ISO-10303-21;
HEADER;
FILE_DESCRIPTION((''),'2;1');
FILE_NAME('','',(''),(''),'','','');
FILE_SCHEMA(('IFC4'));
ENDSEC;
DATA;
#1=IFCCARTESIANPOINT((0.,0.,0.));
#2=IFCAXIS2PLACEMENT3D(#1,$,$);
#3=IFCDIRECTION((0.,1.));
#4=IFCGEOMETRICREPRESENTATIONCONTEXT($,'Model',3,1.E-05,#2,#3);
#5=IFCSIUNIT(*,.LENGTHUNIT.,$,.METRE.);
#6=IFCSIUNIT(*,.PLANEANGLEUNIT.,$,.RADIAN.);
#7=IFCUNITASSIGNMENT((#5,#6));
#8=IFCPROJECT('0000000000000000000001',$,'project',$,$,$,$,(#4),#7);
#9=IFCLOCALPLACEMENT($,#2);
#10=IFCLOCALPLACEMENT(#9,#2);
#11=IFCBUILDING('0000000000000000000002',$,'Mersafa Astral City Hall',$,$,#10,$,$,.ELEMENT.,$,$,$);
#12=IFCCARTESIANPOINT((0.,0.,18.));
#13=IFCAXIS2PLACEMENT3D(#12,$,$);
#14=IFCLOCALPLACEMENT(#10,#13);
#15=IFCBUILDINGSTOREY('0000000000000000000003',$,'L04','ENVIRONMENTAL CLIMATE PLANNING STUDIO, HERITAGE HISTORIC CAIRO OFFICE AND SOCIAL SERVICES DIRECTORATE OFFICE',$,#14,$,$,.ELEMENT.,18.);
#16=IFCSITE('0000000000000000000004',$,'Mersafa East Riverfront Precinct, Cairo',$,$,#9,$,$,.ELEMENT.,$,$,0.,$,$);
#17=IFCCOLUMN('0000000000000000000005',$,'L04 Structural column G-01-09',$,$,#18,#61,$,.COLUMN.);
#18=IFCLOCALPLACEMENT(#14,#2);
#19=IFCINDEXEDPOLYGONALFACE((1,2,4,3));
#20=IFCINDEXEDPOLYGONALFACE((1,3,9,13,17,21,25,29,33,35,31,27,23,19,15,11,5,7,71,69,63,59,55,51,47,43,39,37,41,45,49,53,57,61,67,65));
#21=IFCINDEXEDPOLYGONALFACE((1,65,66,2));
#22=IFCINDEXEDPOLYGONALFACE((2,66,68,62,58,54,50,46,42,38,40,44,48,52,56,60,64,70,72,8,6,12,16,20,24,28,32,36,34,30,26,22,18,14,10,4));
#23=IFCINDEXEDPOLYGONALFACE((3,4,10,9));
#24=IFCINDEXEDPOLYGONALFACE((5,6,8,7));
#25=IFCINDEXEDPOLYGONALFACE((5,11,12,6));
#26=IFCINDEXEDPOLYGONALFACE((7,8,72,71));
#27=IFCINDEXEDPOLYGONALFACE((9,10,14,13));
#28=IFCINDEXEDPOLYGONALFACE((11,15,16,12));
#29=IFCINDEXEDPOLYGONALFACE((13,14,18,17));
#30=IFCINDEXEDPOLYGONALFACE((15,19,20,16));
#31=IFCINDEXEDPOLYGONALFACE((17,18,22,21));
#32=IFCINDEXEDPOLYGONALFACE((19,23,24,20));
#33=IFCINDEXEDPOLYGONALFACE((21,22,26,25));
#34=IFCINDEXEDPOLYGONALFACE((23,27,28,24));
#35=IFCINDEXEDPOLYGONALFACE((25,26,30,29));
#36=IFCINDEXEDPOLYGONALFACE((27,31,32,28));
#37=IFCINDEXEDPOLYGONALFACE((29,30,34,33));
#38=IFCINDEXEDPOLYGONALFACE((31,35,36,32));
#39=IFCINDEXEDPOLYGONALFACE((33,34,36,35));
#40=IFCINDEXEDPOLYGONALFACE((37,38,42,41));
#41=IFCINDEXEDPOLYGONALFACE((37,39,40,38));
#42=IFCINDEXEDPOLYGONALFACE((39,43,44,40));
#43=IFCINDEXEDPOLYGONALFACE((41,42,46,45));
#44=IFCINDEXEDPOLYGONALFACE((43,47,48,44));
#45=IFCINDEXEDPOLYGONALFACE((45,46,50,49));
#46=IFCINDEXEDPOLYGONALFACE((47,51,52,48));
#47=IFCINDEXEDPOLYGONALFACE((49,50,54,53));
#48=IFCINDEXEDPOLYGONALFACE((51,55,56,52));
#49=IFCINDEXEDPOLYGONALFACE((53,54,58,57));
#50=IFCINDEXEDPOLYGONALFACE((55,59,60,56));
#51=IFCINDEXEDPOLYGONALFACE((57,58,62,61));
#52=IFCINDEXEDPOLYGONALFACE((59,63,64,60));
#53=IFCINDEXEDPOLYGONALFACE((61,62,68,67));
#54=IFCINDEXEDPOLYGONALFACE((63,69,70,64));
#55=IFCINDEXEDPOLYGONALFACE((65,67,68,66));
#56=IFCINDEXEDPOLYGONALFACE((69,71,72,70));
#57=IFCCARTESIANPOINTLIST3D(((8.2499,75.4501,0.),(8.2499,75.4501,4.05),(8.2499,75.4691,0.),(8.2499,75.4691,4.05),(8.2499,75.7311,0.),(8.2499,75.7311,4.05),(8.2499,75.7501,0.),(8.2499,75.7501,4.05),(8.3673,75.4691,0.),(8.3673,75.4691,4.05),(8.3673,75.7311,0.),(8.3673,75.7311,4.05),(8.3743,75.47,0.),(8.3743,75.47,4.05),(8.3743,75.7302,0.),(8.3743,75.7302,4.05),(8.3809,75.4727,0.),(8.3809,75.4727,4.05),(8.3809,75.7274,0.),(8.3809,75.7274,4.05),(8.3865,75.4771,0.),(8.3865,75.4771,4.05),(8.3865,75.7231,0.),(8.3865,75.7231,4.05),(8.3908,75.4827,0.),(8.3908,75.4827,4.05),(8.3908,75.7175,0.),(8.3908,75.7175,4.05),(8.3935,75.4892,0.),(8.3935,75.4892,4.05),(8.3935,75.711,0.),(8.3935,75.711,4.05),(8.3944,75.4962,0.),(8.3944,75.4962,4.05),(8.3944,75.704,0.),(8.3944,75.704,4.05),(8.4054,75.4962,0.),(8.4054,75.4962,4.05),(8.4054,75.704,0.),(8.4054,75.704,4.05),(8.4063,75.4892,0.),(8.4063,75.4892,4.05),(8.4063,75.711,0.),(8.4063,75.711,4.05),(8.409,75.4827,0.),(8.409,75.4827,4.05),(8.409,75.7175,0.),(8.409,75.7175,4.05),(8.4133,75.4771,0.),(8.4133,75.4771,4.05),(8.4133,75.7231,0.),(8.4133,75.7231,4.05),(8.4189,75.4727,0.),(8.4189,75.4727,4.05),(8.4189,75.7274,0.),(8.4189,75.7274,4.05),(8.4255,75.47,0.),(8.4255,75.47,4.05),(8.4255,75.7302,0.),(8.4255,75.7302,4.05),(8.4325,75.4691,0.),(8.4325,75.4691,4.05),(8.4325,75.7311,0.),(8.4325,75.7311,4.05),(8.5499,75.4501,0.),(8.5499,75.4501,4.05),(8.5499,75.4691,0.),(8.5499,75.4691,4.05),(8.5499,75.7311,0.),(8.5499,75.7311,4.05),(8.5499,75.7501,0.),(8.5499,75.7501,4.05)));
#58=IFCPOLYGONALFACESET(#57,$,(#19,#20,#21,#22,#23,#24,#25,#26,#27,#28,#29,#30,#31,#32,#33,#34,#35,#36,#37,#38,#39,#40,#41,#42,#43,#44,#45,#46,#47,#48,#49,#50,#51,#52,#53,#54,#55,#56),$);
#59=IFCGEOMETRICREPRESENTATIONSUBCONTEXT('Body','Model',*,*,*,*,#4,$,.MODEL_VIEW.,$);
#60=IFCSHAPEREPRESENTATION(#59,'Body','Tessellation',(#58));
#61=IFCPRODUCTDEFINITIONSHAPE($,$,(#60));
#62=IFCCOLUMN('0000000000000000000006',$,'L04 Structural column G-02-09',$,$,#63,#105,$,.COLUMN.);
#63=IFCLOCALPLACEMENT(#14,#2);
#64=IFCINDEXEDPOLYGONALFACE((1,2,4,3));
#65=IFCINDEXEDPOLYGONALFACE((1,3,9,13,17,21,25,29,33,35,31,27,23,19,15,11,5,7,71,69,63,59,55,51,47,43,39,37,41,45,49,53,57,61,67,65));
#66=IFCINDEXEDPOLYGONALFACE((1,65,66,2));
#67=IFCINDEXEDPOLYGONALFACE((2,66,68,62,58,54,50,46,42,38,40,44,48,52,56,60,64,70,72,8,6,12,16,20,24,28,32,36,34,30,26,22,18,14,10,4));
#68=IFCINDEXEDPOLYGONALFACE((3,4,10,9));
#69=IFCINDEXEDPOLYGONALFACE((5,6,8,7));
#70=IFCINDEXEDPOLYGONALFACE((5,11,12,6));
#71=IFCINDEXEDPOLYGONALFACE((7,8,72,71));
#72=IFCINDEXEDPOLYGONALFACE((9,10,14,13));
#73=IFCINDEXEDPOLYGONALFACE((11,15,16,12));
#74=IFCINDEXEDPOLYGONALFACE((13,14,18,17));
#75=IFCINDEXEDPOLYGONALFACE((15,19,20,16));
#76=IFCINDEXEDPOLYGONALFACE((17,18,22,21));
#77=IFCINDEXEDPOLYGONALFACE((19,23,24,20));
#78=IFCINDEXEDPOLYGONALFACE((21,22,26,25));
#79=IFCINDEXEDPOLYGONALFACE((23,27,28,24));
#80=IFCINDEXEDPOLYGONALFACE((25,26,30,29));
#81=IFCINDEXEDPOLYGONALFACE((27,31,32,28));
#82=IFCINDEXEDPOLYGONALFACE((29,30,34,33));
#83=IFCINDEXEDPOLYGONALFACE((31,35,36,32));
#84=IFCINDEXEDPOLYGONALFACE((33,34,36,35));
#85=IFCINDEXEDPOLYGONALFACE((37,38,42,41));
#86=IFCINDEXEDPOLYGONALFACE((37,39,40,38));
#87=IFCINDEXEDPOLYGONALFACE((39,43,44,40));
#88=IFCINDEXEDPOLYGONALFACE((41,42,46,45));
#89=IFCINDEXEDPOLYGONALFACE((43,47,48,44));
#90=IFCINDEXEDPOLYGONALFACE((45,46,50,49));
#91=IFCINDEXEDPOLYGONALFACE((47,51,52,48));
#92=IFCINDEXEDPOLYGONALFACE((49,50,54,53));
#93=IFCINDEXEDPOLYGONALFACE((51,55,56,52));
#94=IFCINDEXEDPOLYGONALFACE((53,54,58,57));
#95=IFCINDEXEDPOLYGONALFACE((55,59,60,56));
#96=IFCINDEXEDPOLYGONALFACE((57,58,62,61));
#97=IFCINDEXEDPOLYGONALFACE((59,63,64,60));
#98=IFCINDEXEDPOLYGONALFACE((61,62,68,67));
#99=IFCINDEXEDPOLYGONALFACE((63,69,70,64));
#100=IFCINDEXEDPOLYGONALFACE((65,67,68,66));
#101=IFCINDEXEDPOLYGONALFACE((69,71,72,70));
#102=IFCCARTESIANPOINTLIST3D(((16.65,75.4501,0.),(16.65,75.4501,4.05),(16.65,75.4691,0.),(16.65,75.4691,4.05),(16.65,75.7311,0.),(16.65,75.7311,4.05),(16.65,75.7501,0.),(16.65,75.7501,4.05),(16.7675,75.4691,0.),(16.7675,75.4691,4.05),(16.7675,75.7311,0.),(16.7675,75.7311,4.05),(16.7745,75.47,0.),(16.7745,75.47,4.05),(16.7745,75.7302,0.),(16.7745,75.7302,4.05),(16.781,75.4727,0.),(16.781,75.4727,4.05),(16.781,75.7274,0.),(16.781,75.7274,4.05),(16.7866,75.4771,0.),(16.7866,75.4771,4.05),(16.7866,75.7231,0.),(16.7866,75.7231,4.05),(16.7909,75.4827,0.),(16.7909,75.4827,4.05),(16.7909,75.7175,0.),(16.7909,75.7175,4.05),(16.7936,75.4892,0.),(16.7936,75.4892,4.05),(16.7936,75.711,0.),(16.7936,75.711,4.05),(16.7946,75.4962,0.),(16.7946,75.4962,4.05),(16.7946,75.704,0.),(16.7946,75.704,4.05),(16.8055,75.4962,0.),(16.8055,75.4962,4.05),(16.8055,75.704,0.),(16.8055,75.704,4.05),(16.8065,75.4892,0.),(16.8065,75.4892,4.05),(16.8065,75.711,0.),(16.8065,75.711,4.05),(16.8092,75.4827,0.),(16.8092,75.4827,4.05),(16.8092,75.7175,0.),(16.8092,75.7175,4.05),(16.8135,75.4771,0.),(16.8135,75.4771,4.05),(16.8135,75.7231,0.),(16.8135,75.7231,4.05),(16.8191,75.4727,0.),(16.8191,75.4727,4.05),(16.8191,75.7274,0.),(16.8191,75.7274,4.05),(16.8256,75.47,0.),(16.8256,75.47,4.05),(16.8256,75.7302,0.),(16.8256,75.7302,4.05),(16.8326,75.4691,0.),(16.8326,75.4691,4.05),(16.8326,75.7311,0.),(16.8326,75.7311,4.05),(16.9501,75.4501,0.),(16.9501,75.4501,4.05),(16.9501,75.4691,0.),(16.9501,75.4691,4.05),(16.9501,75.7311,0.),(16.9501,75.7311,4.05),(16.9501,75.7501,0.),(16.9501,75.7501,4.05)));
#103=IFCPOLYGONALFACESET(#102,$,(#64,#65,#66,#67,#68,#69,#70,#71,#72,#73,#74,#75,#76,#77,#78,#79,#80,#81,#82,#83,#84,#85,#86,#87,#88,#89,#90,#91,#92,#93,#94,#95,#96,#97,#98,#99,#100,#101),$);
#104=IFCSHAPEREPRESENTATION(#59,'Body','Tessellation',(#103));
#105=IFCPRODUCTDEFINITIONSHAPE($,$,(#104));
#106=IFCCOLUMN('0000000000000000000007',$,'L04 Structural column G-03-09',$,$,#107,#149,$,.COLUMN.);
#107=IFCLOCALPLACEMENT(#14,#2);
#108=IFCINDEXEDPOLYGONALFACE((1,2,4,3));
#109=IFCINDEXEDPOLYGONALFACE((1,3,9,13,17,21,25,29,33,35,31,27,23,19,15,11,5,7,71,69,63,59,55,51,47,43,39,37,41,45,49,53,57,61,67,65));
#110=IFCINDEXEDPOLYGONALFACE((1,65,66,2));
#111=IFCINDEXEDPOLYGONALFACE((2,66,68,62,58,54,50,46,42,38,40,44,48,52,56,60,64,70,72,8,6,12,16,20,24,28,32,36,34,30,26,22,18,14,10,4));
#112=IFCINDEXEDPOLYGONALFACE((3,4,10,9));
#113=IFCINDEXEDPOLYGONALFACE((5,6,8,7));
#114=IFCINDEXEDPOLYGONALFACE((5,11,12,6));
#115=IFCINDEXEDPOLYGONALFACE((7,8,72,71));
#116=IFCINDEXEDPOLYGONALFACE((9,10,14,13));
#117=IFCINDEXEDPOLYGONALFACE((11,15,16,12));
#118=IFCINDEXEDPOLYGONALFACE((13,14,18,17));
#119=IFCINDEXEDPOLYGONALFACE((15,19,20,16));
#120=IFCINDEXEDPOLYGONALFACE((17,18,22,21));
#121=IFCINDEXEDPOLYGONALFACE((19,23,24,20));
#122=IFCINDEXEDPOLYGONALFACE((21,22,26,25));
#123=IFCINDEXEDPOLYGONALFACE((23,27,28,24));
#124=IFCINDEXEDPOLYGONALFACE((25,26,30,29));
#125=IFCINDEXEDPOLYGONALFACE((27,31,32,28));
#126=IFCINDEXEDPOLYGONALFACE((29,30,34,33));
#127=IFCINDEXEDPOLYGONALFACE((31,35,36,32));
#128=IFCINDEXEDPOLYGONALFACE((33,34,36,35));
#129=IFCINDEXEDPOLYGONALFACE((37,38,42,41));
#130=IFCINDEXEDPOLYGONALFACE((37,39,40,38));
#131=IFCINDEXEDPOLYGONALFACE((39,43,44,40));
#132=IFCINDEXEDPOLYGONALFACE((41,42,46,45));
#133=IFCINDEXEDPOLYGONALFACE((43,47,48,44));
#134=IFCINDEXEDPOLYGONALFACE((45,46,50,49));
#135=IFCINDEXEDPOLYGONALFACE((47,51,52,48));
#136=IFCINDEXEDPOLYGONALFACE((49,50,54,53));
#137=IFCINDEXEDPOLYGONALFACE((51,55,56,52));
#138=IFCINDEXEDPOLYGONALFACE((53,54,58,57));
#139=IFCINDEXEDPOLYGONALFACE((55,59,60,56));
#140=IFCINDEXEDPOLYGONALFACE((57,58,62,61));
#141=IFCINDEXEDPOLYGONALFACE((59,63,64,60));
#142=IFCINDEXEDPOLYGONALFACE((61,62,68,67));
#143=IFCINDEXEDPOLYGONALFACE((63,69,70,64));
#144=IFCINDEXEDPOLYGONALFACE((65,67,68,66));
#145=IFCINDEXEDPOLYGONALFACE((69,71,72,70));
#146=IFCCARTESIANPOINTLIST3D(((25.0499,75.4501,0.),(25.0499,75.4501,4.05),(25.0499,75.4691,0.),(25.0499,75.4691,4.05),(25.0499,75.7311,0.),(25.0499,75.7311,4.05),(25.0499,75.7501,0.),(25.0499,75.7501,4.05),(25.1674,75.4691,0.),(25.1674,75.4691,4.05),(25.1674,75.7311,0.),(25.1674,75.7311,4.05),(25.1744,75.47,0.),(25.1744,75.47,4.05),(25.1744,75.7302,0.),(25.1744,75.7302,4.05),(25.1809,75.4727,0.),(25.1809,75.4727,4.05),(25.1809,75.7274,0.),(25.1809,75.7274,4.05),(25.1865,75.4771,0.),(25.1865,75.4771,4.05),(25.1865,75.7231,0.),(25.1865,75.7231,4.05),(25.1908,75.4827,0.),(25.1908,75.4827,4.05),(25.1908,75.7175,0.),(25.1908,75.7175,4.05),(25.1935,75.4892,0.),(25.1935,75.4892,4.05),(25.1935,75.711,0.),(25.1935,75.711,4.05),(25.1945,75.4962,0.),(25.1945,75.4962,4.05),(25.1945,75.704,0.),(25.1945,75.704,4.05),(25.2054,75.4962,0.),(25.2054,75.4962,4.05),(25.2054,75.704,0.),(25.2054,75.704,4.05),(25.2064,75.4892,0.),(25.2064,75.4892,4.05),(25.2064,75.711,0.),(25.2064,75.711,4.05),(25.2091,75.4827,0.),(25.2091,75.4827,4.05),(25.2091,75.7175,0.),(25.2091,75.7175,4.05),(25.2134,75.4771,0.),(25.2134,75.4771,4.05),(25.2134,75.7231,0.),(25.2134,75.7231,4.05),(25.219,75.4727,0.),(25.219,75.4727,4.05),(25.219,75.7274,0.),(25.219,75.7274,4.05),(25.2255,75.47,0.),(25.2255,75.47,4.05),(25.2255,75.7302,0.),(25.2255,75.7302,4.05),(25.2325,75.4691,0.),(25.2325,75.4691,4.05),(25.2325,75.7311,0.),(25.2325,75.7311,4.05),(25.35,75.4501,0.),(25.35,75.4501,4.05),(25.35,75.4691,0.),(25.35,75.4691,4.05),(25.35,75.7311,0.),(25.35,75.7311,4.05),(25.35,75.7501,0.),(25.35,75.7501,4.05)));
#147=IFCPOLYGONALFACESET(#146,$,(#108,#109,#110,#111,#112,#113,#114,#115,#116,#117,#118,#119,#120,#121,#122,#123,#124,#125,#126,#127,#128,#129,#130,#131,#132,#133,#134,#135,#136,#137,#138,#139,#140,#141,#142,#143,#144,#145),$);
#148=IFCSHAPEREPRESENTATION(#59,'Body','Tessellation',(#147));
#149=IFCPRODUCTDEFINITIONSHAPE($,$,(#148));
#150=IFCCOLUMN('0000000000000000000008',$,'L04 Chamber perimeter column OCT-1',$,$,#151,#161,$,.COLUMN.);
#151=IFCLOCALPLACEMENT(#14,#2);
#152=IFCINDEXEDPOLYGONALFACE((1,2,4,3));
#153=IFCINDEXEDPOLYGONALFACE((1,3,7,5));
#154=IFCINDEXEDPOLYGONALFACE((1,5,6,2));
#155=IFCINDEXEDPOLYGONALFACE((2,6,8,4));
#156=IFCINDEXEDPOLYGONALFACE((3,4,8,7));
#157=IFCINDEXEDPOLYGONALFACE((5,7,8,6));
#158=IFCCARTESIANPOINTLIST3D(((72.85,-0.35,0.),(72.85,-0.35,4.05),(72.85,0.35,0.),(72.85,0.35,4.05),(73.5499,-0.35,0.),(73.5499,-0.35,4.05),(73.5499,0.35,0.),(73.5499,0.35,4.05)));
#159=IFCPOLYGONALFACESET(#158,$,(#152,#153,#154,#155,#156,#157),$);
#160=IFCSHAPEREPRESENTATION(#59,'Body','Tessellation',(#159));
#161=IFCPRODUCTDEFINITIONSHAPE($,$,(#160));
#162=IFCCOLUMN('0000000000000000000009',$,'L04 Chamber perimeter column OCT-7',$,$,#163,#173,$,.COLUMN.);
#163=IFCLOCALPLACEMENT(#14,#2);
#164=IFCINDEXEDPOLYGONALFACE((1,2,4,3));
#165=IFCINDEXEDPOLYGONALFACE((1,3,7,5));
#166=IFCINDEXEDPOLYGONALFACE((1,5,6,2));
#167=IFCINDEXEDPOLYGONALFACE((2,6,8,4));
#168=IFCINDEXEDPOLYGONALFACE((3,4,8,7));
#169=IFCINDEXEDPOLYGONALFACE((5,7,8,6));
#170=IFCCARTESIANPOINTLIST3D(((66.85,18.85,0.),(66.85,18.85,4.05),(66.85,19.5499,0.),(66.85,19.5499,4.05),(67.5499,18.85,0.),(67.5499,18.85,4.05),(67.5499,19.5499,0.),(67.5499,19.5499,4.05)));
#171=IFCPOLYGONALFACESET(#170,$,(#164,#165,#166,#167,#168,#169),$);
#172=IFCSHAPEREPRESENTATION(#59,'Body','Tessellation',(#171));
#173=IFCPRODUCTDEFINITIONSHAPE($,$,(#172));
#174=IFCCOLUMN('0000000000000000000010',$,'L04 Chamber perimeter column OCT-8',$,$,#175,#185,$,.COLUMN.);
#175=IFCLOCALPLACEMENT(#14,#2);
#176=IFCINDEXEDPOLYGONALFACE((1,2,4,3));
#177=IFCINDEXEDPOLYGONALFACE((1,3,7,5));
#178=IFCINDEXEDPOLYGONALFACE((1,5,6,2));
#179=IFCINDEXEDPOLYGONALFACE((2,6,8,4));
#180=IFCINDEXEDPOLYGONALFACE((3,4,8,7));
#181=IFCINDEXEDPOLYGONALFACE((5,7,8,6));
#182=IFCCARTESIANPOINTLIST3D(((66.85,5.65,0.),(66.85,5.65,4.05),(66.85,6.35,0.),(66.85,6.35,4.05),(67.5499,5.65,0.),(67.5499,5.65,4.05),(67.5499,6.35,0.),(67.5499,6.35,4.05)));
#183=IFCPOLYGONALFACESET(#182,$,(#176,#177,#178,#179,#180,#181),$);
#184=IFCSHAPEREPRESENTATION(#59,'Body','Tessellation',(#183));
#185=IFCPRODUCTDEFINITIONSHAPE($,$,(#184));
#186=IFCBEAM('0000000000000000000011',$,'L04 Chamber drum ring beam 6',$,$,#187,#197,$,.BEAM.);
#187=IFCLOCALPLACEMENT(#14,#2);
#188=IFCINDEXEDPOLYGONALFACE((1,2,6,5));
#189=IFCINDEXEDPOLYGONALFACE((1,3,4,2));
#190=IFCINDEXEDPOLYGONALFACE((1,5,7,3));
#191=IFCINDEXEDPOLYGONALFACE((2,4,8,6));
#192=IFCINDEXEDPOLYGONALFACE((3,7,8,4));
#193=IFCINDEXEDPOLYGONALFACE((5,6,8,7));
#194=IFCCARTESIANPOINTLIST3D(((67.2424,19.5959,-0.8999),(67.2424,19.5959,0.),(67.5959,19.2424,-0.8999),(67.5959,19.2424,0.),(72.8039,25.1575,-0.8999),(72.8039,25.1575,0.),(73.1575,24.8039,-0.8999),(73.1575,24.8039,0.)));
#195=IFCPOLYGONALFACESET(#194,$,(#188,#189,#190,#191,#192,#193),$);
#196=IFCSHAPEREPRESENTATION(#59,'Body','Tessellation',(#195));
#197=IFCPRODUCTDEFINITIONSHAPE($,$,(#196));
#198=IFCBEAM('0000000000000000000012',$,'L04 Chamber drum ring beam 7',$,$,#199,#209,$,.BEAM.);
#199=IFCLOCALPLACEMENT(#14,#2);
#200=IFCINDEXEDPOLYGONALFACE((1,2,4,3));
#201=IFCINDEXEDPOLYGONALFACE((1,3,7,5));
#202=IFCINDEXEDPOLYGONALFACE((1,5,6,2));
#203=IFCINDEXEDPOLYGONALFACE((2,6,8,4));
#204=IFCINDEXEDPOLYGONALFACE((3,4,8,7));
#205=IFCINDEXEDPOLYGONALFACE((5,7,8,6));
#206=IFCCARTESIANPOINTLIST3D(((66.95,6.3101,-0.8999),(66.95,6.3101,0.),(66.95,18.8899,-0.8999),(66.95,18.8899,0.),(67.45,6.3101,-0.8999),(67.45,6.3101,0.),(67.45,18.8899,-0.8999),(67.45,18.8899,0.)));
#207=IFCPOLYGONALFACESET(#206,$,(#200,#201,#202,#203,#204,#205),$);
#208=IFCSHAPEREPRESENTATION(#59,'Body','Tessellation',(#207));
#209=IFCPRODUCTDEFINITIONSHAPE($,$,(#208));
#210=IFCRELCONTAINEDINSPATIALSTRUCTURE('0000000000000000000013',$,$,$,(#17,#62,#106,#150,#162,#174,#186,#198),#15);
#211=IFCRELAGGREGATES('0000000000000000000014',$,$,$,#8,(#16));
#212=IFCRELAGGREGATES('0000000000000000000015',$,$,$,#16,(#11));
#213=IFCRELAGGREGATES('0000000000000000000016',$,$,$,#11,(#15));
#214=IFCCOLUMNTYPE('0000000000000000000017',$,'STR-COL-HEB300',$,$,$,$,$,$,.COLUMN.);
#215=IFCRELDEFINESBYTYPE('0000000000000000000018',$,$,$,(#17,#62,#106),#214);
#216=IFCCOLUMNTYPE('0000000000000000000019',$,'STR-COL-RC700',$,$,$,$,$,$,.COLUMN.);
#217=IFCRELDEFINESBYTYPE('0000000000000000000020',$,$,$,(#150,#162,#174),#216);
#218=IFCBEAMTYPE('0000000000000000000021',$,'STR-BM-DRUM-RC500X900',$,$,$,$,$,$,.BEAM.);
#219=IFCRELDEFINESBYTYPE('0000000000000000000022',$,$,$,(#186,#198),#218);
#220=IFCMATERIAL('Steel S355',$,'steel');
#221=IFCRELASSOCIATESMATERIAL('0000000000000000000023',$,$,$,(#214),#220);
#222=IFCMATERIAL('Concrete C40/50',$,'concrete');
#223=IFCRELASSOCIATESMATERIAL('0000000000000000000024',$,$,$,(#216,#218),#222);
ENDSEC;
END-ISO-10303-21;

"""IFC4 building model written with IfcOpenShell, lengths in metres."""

from ifc_helpers import new_model, si_unit, direction, frame, origin, origin_2d, place, context, subcontext, project, spatial, rectangle, i_section, extrude, material, material_profile, profile_set, type_object, element, save


model = new_model("IFC4")

# Units and contexts
model_context = context("Model", 3, precision=1e-05, world=origin(), true_north=direction((0.0, 1.0)))
body_context = subcontext(model_context, "Body", "Model", "MODEL_VIEW")
ifc_project = project(units=[si_unit("LENGTHUNIT", "METRE"), si_unit("PLANEANGLEUNIT", "RADIAN")], contexts=[model_context])

# Site, building, storey
site_placement = place(None, origin())
site = spatial("IfcSite", under=ifc_project, at=site_placement, Name="Mersafa East Riverfront Precinct, Cairo", CompositionType="ELEMENT", RefElevation=0.0)
building_placement = place(site_placement, origin())
building = spatial("IfcBuilding", under=site, at=building_placement, Name="Mersafa Astral City Hall", CompositionType="ELEMENT")
storey_placement = place(building_placement, frame((0.0, 0.0, 18.0)))
storey = spatial("IfcBuildingStorey", under=building, at=storey_placement, Name="L04", Description="ENVIRONMENTAL CLIMATE PLANNING STUDIO, HERITAGE HISTORIC CAIRO OFFICE AND SOCIAL SERVICES DIRECTORATE OFFICE", CompositionType="ELEMENT", Elevation=18.0)

# Columns
ifc_material_1 = material(Name="Steel S355", Category="steel")
ifc_material_profile_1 = material_profile(ifc_material_1, i_section(OverallWidth=0.3, OverallDepth=0.3, WebThickness=0.011, FlangeThickness=0.019, FilletRadius=0.0271, at=origin_2d()), Name="HEB 300")
ifc_profile_set_1 = profile_set([ifc_material_profile_1], Name="Steel S355")
column_type_1 = type_object("IfcColumnType", Name="STR-COL-HEB300", PredefinedType="COLUMN", material=ifc_profile_set_1)
for number, where, z_axis, x_axis, name in (
    (1, (8.3999, 75.6001, 0.0), (0.0, 0.0, 1.0), (1.0, 0.0, 0.0), "L04 Structural column G-01-09"),
    (2, (16.8, 75.6001, 0.0), (0.0, 0.0, 1.0), (1.0, 0.0, 0.0), "L04 Structural column G-02-09"),
    (3, (25.2, 75.6001, 0.0), (0.0, 0.0, 1.0), (1.0, 0.0, 0.0), "L04 Structural column G-03-09"),
):
    element("IfcColumn", number, at=place(storey_placement, frame(where, z_axis=z_axis, x_axis=x_axis)), inside=storey, type_object=column_type_1, Name=name, PredefinedType="COLUMN", context=body_context, shape_type="SweptSolid", body=[
        extrude(i_section(OverallWidth=0.3, OverallDepth=0.3, WebThickness=0.011, FlangeThickness=0.019, FilletRadius=0.0271, at=origin_2d()), origin(), (0.0, 0.0, 1.0), 4.05),
    ])
ifc_material_2 = material(Name="Concrete C40/50", Category="concrete")
ifc_material_profile_2 = material_profile(ifc_material_2, rectangle(XDim=0.7, YDim=0.7, at=origin_2d()), Name="RC 700x700")
ifc_profile_set_2 = profile_set([ifc_material_profile_2], Name="Concrete C40/50")
column_type_2 = type_object("IfcColumnType", Name="STR-COL-RC700", PredefinedType="COLUMN", material=ifc_profile_set_2)
for number, where, z_axis, x_axis, name in (
    (4, (73.2, 0.0, 0.0), (0.0, 0.0, 1.0), (1.0, 0.0, 0.0), "L04 Chamber perimeter column OCT-1"),
    (5, (67.2, 19.2, 0.0), (0.0, 0.0, 1.0), (1.0, 0.0, 0.0), "L04 Chamber perimeter column OCT-7"),
    (6, (67.2, 6.0, 0.0), (0.0, 0.0, 1.0), (1.0, 0.0, 0.0), "L04 Chamber perimeter column OCT-8"),
):
    element("IfcColumn", number, at=place(storey_placement, frame(where, z_axis=z_axis, x_axis=x_axis)), inside=storey, type_object=column_type_2, Name=name, PredefinedType="COLUMN", context=body_context, shape_type="SweptSolid", body=[
        extrude(rectangle(XDim=0.7, YDim=0.7, at=origin_2d()), origin(), (0.0, 0.0, 1.0), 4.05),
    ])

# Beams
ifc_material_profile_3 = material_profile(ifc_material_2, rectangle(XDim=0.5, YDim=0.8999, at=origin_2d()), Name="RC 500x900")
ifc_profile_set_3 = profile_set([ifc_material_profile_3], Name="Concrete C40/50")
beam_type_1 = type_object("IfcBeamType", Name="STR-BM-DRUM-RC500X900", PredefinedType="BEAM", material=ifc_profile_set_3)
beam_1_placement = place(storey_placement, frame((72.9807, 24.9807, -0.45), z_axis=(-0.707107, -0.707107, 0.0), x_axis=(0.707107, -0.707107, 0.0)))
element("IfcBeam", 7, at=beam_1_placement, inside=storey, type_object=beam_type_1, Name="L04 Chamber drum ring beam 6", PredefinedType="BEAM", context=body_context, shape_type="SweptSolid", body=[
    extrude(rectangle(XDim=0.5, YDim=0.8999, at=origin_2d()), origin(), (0.0, 0.0, 1.0), 7.8652),
])
beam_2_placement = place(storey_placement, frame((67.2, 18.8899, -0.45), z_axis=(0.0, -1.0, 0.0), x_axis=(1.0, 0.0, 0.0)))
element("IfcBeam", 8, at=beam_2_placement, inside=storey, type_object=beam_type_1, Name="L04 Chamber drum ring beam 7", PredefinedType="BEAM", context=body_context, shape_type="SweptSolid", body=[
    extrude(rectangle(XDim=0.5, YDim=0.8999, at=origin_2d()), origin(), (0.0, 0.0, 1.0), 12.5798),
])

save(model, "model.ifc")
